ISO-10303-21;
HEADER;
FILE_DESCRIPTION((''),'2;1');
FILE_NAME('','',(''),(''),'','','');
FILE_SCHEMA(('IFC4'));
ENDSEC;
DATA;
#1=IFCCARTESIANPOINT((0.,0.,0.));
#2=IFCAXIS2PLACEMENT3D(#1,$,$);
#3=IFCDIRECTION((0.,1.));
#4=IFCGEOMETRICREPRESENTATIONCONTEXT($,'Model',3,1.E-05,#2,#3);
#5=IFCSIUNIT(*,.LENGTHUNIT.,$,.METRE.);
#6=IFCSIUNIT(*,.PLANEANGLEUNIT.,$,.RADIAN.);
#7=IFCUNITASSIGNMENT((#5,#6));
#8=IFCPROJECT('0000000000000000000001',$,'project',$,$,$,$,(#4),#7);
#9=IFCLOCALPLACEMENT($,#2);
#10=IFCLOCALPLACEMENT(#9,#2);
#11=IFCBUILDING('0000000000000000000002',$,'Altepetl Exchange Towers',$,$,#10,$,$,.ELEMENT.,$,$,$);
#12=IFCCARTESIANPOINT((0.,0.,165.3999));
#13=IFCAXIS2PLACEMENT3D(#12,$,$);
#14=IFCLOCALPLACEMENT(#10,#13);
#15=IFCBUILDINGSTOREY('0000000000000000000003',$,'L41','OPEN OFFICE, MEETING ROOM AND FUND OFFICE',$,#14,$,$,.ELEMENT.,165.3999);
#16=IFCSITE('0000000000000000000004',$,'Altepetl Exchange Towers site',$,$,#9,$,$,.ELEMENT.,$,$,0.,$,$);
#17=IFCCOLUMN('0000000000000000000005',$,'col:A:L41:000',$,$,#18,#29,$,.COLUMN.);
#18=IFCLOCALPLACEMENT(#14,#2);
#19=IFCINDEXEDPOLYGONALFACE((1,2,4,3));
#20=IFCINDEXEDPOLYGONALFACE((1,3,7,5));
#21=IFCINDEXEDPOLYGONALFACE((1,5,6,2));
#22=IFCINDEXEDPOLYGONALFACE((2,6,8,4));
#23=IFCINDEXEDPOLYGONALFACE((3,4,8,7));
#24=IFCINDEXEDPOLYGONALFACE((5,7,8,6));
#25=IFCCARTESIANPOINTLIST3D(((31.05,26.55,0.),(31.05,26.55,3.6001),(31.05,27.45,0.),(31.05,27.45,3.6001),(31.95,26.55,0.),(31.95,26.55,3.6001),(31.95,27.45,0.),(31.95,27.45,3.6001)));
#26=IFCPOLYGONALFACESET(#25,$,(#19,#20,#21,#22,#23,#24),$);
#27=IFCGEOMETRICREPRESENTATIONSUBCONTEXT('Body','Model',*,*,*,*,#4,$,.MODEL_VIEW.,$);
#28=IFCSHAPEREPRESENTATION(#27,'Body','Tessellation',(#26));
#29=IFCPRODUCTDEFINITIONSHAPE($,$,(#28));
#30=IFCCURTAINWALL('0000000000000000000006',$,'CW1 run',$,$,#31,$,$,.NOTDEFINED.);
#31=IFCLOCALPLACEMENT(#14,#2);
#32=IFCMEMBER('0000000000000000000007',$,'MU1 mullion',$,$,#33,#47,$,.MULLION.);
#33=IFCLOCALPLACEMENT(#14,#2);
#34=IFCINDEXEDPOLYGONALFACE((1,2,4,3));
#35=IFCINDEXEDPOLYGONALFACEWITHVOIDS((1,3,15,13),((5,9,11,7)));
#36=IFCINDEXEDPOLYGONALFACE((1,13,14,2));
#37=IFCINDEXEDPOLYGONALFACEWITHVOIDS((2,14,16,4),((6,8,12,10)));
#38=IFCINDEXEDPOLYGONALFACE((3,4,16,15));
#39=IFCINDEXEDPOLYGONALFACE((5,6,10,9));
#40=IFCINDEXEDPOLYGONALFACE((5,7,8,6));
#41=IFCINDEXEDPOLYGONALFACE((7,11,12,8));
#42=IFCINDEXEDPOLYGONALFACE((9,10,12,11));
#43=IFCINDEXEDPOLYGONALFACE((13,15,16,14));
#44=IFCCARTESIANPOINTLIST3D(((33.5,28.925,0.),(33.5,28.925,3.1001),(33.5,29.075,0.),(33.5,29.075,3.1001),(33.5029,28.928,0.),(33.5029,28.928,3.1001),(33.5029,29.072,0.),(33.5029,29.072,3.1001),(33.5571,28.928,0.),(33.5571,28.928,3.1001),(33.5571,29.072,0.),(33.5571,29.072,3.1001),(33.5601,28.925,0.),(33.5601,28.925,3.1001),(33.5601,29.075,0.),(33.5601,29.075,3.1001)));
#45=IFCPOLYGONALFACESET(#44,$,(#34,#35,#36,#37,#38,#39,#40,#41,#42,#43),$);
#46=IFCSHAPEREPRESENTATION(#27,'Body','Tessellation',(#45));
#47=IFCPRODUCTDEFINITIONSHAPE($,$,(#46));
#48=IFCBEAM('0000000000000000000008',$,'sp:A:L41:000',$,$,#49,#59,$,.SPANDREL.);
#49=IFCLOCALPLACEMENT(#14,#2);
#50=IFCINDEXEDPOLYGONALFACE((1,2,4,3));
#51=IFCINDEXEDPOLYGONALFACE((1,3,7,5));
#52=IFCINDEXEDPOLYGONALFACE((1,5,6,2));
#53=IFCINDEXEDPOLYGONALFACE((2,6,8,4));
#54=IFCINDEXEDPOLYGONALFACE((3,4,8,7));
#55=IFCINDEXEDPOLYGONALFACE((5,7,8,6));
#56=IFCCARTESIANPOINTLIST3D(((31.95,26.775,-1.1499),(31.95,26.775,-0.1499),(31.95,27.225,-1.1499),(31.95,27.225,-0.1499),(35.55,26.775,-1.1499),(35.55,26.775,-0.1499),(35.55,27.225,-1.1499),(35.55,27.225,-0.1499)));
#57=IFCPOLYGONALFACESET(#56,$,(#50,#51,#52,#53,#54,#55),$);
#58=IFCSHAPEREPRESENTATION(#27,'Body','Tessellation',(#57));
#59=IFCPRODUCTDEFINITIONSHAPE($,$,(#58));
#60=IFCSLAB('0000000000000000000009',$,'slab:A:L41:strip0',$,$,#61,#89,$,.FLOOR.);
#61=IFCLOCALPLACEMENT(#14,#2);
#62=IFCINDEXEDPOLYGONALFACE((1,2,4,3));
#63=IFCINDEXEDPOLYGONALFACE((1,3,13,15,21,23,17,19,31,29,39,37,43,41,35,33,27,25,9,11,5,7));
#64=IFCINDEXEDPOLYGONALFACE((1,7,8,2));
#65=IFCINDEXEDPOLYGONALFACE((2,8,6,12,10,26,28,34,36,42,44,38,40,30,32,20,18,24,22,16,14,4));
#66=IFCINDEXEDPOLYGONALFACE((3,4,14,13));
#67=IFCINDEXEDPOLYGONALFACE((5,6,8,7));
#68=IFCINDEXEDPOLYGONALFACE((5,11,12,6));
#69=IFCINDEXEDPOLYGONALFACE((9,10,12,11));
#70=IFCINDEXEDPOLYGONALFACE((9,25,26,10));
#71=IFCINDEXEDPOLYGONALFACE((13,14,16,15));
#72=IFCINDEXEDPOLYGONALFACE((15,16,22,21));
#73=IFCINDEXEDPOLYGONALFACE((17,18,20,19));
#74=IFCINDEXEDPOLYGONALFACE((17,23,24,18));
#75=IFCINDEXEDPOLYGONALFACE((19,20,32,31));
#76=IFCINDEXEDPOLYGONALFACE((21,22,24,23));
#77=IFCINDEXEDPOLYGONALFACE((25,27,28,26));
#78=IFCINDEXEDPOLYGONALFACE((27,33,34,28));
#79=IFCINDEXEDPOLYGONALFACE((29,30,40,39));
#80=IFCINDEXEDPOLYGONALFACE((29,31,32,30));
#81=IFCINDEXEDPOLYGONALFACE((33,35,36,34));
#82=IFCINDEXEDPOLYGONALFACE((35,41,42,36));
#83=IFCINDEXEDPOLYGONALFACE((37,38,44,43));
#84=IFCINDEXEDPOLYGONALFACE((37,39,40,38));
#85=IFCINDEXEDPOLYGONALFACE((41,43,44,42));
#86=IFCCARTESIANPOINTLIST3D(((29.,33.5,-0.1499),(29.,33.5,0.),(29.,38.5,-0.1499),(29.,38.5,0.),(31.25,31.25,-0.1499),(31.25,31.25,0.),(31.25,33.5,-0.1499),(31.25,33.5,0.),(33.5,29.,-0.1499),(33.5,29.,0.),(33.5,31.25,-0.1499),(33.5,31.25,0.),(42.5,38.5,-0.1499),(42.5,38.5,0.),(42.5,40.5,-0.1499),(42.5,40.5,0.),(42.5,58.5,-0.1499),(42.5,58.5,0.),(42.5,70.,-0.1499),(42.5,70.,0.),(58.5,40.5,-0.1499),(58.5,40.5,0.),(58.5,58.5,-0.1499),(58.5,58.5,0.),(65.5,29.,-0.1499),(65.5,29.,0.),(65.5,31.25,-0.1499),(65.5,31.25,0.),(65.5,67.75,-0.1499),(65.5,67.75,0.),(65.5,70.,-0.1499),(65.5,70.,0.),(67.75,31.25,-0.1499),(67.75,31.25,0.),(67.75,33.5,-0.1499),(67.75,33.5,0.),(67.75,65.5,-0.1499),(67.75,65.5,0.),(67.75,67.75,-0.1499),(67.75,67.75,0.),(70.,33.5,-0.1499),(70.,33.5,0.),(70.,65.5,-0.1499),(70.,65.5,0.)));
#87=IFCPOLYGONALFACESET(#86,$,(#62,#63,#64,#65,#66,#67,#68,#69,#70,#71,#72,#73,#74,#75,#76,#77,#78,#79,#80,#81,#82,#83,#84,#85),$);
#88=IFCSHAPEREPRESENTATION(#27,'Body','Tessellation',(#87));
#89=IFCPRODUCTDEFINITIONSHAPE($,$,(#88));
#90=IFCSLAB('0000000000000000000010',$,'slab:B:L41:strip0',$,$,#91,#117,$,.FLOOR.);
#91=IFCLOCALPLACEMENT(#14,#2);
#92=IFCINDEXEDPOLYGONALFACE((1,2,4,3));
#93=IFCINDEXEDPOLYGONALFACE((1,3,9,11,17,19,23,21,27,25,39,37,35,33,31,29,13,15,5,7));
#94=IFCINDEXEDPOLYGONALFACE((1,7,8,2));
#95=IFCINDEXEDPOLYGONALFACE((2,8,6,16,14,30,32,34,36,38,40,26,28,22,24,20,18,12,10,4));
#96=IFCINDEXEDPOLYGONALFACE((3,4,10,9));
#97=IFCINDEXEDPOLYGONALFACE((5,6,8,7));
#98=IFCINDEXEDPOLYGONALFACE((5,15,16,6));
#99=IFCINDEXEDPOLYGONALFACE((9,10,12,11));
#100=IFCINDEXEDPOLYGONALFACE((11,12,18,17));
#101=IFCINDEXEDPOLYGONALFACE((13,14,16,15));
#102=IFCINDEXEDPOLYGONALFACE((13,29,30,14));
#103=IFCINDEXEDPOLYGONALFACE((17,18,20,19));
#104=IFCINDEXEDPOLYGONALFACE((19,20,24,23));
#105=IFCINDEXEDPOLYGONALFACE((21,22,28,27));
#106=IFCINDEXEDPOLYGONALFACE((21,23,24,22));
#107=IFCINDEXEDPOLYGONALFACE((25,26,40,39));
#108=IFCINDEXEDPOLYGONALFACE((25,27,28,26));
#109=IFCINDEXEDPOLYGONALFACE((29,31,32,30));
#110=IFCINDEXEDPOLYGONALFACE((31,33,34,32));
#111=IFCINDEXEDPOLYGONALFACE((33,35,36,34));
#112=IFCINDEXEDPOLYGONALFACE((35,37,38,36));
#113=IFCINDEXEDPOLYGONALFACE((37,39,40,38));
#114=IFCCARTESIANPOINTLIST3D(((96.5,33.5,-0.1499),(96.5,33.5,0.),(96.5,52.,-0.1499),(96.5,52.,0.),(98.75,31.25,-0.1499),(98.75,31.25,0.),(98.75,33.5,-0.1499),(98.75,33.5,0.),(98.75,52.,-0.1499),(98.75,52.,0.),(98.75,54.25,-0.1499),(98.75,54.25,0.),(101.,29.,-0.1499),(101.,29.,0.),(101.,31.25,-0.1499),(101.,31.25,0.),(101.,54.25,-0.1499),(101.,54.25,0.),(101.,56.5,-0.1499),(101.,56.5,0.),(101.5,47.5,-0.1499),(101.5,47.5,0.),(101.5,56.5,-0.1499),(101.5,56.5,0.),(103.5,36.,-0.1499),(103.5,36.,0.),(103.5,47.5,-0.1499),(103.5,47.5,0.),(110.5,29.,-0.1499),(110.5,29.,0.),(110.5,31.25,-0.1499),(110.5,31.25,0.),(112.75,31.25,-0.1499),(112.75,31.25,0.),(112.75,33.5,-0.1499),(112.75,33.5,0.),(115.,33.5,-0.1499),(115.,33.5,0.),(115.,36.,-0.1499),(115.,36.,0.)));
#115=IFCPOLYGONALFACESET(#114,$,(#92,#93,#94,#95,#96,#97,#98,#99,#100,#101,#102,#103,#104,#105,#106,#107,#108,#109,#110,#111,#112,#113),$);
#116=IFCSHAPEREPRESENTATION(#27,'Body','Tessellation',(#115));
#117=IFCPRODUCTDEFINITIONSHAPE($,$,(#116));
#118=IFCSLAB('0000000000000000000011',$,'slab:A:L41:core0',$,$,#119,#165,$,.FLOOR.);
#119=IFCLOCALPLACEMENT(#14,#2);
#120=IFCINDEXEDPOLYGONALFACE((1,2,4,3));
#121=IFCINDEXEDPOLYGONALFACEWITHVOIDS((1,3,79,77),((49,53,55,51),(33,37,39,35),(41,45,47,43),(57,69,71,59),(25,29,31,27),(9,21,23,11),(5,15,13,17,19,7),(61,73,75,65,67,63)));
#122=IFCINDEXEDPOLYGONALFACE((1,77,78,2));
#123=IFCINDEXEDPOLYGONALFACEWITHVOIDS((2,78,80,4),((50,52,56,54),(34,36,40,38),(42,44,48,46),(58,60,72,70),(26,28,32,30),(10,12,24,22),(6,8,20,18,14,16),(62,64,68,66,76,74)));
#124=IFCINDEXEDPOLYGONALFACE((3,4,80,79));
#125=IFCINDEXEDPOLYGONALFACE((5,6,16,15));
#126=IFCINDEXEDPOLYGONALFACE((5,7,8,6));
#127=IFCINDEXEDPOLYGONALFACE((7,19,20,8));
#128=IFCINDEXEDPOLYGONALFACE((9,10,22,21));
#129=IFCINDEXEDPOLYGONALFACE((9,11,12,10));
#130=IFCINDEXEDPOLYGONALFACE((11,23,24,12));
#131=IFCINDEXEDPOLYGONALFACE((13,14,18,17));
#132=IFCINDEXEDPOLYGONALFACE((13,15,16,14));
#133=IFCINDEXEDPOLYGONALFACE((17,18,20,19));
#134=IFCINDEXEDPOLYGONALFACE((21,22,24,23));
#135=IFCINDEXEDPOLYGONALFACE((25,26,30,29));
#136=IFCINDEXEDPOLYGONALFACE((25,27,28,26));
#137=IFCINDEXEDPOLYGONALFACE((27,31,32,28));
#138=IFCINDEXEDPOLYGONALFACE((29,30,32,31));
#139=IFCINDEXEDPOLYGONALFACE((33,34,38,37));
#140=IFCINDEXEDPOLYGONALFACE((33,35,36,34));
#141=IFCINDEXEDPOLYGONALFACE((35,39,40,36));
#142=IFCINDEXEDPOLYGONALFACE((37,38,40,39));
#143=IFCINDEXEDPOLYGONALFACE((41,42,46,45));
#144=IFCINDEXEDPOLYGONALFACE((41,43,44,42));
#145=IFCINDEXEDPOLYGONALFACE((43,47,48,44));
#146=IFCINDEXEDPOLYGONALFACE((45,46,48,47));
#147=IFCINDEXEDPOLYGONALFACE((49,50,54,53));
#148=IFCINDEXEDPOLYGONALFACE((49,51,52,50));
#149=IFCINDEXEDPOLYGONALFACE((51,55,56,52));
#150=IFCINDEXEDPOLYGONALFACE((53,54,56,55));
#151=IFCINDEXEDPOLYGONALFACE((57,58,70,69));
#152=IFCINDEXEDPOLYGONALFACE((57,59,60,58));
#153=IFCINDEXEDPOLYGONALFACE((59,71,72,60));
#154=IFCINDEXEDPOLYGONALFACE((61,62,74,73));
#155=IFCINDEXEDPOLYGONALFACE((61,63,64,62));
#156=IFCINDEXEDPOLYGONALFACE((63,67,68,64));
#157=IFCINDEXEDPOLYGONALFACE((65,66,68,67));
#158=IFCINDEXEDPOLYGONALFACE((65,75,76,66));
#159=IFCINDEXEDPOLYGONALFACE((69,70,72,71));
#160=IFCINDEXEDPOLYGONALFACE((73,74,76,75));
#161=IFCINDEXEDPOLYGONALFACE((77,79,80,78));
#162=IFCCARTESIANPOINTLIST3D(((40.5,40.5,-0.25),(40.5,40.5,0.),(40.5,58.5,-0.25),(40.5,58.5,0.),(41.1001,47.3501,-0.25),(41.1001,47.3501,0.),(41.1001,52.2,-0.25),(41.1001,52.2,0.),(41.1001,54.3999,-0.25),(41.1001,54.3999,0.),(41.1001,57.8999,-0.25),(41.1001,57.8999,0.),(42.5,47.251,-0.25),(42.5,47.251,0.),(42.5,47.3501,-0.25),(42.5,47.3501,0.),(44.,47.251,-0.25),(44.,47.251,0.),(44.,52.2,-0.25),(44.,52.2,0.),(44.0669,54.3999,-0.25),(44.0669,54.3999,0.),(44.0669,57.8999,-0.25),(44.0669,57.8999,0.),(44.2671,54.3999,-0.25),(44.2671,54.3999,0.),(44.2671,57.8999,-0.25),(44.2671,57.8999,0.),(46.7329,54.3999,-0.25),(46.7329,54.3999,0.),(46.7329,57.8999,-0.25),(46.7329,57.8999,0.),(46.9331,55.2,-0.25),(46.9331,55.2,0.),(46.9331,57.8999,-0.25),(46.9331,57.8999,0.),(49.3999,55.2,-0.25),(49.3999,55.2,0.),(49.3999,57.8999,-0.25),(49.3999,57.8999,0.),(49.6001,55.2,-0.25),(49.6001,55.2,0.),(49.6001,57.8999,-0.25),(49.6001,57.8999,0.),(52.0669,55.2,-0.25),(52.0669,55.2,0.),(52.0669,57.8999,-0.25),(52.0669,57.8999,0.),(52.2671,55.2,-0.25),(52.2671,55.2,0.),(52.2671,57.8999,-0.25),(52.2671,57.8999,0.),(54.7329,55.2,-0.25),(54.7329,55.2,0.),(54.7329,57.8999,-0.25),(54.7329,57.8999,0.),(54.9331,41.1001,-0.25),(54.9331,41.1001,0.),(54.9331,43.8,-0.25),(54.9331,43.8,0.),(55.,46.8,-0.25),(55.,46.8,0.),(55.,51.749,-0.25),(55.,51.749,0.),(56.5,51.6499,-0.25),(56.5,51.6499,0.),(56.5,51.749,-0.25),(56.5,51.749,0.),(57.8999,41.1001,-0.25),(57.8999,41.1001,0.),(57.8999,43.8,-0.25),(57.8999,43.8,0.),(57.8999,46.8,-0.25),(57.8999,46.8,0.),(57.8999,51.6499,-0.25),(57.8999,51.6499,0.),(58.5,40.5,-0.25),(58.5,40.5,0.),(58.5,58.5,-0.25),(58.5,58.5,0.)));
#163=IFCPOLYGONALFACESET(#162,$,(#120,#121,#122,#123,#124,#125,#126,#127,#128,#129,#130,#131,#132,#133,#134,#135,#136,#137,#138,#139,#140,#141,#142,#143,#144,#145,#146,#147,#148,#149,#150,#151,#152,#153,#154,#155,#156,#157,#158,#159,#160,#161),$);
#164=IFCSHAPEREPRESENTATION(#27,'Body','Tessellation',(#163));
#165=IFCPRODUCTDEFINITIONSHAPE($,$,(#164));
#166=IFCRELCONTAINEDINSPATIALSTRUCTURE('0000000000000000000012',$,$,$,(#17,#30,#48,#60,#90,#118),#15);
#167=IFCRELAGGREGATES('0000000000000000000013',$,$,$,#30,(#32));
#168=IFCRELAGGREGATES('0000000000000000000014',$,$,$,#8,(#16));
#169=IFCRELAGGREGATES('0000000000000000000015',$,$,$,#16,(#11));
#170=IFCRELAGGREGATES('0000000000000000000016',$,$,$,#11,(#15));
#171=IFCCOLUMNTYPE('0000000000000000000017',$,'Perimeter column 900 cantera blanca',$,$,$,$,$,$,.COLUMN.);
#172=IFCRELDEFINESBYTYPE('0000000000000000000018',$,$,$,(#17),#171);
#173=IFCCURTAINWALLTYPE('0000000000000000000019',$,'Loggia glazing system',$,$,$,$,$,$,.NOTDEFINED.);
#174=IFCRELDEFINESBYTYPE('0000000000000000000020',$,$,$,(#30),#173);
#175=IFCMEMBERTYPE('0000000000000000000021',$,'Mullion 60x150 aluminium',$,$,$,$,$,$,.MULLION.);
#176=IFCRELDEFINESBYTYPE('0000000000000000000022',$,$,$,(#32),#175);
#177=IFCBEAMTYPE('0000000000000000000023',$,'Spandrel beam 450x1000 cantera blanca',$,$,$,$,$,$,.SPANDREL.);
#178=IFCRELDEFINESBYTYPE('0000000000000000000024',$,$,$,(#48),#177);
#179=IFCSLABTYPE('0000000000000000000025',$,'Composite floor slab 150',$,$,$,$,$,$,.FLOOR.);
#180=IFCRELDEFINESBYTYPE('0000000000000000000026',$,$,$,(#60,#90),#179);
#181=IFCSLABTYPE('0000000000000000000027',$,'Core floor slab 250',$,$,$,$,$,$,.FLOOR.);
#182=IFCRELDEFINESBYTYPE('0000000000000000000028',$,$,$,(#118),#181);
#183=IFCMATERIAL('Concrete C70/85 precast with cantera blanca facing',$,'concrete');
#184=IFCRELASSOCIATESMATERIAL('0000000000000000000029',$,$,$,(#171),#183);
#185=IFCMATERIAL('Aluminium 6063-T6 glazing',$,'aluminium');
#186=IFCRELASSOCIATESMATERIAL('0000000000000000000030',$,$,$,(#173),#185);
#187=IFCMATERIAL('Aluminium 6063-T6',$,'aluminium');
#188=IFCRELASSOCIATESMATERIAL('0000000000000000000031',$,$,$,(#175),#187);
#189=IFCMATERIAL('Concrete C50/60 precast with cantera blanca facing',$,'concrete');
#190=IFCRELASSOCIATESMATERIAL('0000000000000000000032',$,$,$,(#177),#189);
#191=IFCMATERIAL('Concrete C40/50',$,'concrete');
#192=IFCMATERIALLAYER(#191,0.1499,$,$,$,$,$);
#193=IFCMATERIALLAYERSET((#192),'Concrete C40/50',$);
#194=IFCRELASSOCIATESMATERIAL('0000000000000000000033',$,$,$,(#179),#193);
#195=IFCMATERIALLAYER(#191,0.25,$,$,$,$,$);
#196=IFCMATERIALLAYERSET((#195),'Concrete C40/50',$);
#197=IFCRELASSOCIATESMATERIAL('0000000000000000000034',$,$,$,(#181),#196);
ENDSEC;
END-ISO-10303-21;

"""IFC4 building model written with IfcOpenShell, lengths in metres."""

from ifc_helpers import new_model, si_unit, direction, frame, origin, origin_2d, place, context, subcontext, project, spatial, polyline, rectangle, hollow_rectangle, outline, extrude, material, layer, layer_set, material_profile, profile_set, type_object, element, aggregate, save


model = new_model("IFC4")

# Units and contexts
model_context = context("Model", 3, precision=1e-05, world=origin(), true_north=direction((0.0, 1.0)))
body_context = subcontext(model_context, "Body", "Model", "MODEL_VIEW")
ifc_project = project(units=[si_unit("LENGTHUNIT", "METRE"), si_unit("PLANEANGLEUNIT", "RADIAN")], contexts=[model_context])

# Site, building, storey
site_placement = place(None, origin())
site = spatial("IfcSite", under=ifc_project, at=site_placement, Name="Altepetl Exchange Towers site", CompositionType="ELEMENT", RefElevation=0.0)
building_placement = place(site_placement, origin())
building = spatial("IfcBuilding", under=site, at=building_placement, Name="Altepetl Exchange Towers", CompositionType="ELEMENT")
storey_placement = place(building_placement, frame((0.0, 0.0, 165.3999)))
storey = spatial("IfcBuildingStorey", under=building, at=storey_placement, Name="L41", Description="OPEN OFFICE, MEETING ROOM AND FUND OFFICE", CompositionType="ELEMENT", Elevation=165.3999)

# Column
ifc_material_1 = material(Name="Concrete C70/85 precast with cantera blanca facing", Category="concrete")
ifc_material_profile_1 = material_profile(ifc_material_1, rectangle(XDim=0.8999, YDim=0.8999, at=origin_2d()), Name="900 x 900")
ifc_profile_set_1 = profile_set([ifc_material_profile_1], Name="Concrete C70/85 precast with cantera blanca facing")
column_type = type_object("IfcColumnType", Name="Perimeter column 900 cantera blanca", PredefinedType="COLUMN", material=ifc_profile_set_1)
column_placement = place(storey_placement, frame((31.5, 27.0, 0.0)))
element("IfcColumn", 1, at=column_placement, inside=storey, type_object=column_type, Name="col:A:L41:000", PredefinedType="COLUMN", context=body_context, shape_type="SweptSolid", body=[
    extrude(rectangle(XDim=0.8999, YDim=0.8999, at=origin_2d()), origin(), (0.0, 0.0, 1.0), 3.6001),
])

# Curtain wall, member
ifc_material_2 = material(Name="Aluminium 6063-T6 glazing", Category="aluminium")
curtain_wall_type = type_object("IfcCurtainWallType", Name="Loggia glazing system", PredefinedType="NOTDEFINED", material=ifc_material_2)
curtain_wall_placement = place(storey_placement, origin())
curtain_wall = element("IfcCurtainWall", 2, at=curtain_wall_placement, inside=storey, type_object=curtain_wall_type, Name="CW1 run", PredefinedType="NOTDEFINED")
ifc_material_3 = material(Name="Aluminium 6063-T6", Category="aluminium")
ifc_material_profile_2 = material_profile(ifc_material_3, hollow_rectangle(XDim=0.0601, YDim=0.1499, WallThickness=0.0029, at=origin_2d()), Name="Mullion 60x150 aluminium")
ifc_profile_set_2 = profile_set([ifc_material_profile_2], Name="Aluminium 6063-T6")
member_type = type_object("IfcMemberType", Name="Mullion 60x150 aluminium", PredefinedType="MULLION", material=ifc_profile_set_2)
member_placement = place(storey_placement, frame((33.53, 29.0, 0.0)))
member = element("IfcMember", 3, at=member_placement, type_object=member_type, Name="MU1 mullion", PredefinedType="MULLION", context=body_context, shape_type="SweptSolid", body=[
    extrude(hollow_rectangle(XDim=0.0601, YDim=0.1499, WallThickness=0.0029, at=origin_2d()), origin(), (0.0, 0.0, 1.0), 3.1001),
])
aggregate(curtain_wall, [member])

# Beam
ifc_material_4 = material(Name="Concrete C50/60 precast with cantera blanca facing", Category="concrete")
ifc_material_profile_3 = material_profile(ifc_material_4, rectangle(XDim=0.45, YDim=1.0, at=origin_2d()), Name="450 x 1000")
ifc_profile_set_3 = profile_set([ifc_material_profile_3], Name="Concrete C50/60 precast with cantera blanca facing")
beam_type = type_object("IfcBeamType", Name="Spandrel beam 450x1000 cantera blanca", PredefinedType="SPANDREL", material=ifc_profile_set_3)
beam_placement = place(storey_placement, frame((31.95, 27.0, -0.6499), z_axis=(1.0, 0.0, 0.0), x_axis=(0.0, 1.0, 0.0)))
element("IfcBeam", 4, at=beam_placement, inside=storey, type_object=beam_type, Name="sp:A:L41:000", PredefinedType="SPANDREL", context=body_context, shape_type="SweptSolid", body=[
    extrude(rectangle(XDim=0.45, YDim=1.0, at=origin_2d()), origin(), (0.0, 0.0, 1.0), 3.6001),
])

# Slabs
ifc_material_5 = material(Name="Concrete C40/50", Category="concrete")
ifc_layer_1 = layer(ifc_material_5, 0.1499)
ifc_layer_set_1 = layer_set([ifc_layer_1], Name="Concrete C40/50")
slab_type_1 = type_object("IfcSlabType", Name="Composite floor slab 150", PredefinedType="FLOOR", material=ifc_layer_set_1)
slab_1_placement = place(storey_placement, frame((0.0, 0.0, -0.1499)))
element("IfcSlab", 5, at=slab_1_placement, inside=storey, type_object=slab_type_1, Name="slab:A:L41:strip0", PredefinedType="FLOOR", context=body_context, shape_type="SweptSolid", body=[
    extrude(outline(polyline([(42.5, 70.0), (42.5, 58.5), (58.5, 58.5), (58.5, 40.5), (42.5, 40.5), (42.5, 38.5), (29.0, 38.5), (29.0, 33.5), (31.25, 33.5), (31.25, 31.25), (33.5, 31.25), (33.5, 29.0), (65.5, 29.0), (65.5, 31.25), (67.75, 31.25), (67.75, 33.5), (70.0, 33.5), (70.0, 65.5), (67.75, 65.5), (67.75, 67.75), (65.5, 67.75), (65.5, 70.0), (42.5, 70.0)])), origin(), (0.0, 0.0, 1.0), 0.1499),
])
slab_2_placement = place(storey_placement, frame((0.0, 0.0, -0.1499)))
element("IfcSlab", 6, at=slab_2_placement, inside=storey, type_object=slab_type_1, Name="slab:B:L41:strip0", PredefinedType="FLOOR", context=body_context, shape_type="SweptSolid", body=[
    extrude(outline(polyline([(98.75, 31.25), (101.0, 31.25), (101.0, 29.0), (110.5, 29.0), (110.5, 31.25), (112.75, 31.25), (112.75, 33.5), (115.0, 33.5), (115.0, 36.0), (103.5, 36.0), (103.5, 47.5), (101.5, 47.5), (101.5, 56.5), (101.0, 56.5), (101.0, 54.25), (98.75, 54.25), (98.75, 52.0), (96.5, 52.0), (96.5, 33.5), (98.75, 33.5), (98.75, 31.25)])), origin(), (0.0, 0.0, 1.0), 0.1499),
])
ifc_layer_2 = layer(ifc_material_5, 0.25)
ifc_layer_set_2 = layer_set([ifc_layer_2], Name="Concrete C40/50")
slab_type_2 = type_object("IfcSlabType", Name="Core floor slab 250", PredefinedType="FLOOR", material=ifc_layer_set_2)
slab_3_placement = place(storey_placement, frame((0.0, 0.0, -0.25)))
element("IfcSlab", 7, at=slab_3_placement, inside=storey, type_object=slab_type_2, Name="slab:A:L41:core0", PredefinedType="FLOOR", context=body_context, shape_type="SweptSolid", body=[
    extrude(outline(polyline([(40.5, 40.5), (58.5, 40.5), (58.5, 58.5), (40.5, 58.5), (40.5, 40.5)]), holes=[polyline([(54.9331, 43.8), (57.8999, 43.8), (57.8999, 41.1001), (54.9331, 41.1001), (54.9331, 43.8)]), polyline([(55.0, 51.749), (56.5, 51.749), (56.5, 51.6499), (57.8999, 51.6499), (57.8999, 46.8), (55.0, 46.8), (55.0, 51.749)]), polyline([(44.0, 47.251), (42.5, 47.251), (42.5, 47.3501), (41.1001, 47.3501), (41.1001, 52.2), (44.0, 52.2), (44.0, 47.251)]), polyline([(41.1001, 57.8999), (44.0669, 57.8999), (44.0669, 54.3999), (41.1001, 54.3999), (41.1001, 57.8999)]), polyline([(44.2671, 57.8999), (46.7329, 57.8999), (46.7329, 54.3999), (44.2671, 54.3999), (44.2671, 57.8999)]), polyline([(46.9331, 57.8999), (49.3999, 57.8999), (49.3999, 55.2), (46.9331, 55.2), (46.9331, 57.8999)]), polyline([(49.6001, 57.8999), (52.0669, 57.8999), (52.0669, 55.2), (49.6001, 55.2), (49.6001, 57.8999)]), polyline([(52.2671, 57.8999), (54.7329, 57.8999), (54.7329, 55.2), (52.2671, 55.2), (52.2671, 57.8999)])]), origin(), (0.0, 0.0, 1.0), 0.25),
])

save(model, "model.ifc")
